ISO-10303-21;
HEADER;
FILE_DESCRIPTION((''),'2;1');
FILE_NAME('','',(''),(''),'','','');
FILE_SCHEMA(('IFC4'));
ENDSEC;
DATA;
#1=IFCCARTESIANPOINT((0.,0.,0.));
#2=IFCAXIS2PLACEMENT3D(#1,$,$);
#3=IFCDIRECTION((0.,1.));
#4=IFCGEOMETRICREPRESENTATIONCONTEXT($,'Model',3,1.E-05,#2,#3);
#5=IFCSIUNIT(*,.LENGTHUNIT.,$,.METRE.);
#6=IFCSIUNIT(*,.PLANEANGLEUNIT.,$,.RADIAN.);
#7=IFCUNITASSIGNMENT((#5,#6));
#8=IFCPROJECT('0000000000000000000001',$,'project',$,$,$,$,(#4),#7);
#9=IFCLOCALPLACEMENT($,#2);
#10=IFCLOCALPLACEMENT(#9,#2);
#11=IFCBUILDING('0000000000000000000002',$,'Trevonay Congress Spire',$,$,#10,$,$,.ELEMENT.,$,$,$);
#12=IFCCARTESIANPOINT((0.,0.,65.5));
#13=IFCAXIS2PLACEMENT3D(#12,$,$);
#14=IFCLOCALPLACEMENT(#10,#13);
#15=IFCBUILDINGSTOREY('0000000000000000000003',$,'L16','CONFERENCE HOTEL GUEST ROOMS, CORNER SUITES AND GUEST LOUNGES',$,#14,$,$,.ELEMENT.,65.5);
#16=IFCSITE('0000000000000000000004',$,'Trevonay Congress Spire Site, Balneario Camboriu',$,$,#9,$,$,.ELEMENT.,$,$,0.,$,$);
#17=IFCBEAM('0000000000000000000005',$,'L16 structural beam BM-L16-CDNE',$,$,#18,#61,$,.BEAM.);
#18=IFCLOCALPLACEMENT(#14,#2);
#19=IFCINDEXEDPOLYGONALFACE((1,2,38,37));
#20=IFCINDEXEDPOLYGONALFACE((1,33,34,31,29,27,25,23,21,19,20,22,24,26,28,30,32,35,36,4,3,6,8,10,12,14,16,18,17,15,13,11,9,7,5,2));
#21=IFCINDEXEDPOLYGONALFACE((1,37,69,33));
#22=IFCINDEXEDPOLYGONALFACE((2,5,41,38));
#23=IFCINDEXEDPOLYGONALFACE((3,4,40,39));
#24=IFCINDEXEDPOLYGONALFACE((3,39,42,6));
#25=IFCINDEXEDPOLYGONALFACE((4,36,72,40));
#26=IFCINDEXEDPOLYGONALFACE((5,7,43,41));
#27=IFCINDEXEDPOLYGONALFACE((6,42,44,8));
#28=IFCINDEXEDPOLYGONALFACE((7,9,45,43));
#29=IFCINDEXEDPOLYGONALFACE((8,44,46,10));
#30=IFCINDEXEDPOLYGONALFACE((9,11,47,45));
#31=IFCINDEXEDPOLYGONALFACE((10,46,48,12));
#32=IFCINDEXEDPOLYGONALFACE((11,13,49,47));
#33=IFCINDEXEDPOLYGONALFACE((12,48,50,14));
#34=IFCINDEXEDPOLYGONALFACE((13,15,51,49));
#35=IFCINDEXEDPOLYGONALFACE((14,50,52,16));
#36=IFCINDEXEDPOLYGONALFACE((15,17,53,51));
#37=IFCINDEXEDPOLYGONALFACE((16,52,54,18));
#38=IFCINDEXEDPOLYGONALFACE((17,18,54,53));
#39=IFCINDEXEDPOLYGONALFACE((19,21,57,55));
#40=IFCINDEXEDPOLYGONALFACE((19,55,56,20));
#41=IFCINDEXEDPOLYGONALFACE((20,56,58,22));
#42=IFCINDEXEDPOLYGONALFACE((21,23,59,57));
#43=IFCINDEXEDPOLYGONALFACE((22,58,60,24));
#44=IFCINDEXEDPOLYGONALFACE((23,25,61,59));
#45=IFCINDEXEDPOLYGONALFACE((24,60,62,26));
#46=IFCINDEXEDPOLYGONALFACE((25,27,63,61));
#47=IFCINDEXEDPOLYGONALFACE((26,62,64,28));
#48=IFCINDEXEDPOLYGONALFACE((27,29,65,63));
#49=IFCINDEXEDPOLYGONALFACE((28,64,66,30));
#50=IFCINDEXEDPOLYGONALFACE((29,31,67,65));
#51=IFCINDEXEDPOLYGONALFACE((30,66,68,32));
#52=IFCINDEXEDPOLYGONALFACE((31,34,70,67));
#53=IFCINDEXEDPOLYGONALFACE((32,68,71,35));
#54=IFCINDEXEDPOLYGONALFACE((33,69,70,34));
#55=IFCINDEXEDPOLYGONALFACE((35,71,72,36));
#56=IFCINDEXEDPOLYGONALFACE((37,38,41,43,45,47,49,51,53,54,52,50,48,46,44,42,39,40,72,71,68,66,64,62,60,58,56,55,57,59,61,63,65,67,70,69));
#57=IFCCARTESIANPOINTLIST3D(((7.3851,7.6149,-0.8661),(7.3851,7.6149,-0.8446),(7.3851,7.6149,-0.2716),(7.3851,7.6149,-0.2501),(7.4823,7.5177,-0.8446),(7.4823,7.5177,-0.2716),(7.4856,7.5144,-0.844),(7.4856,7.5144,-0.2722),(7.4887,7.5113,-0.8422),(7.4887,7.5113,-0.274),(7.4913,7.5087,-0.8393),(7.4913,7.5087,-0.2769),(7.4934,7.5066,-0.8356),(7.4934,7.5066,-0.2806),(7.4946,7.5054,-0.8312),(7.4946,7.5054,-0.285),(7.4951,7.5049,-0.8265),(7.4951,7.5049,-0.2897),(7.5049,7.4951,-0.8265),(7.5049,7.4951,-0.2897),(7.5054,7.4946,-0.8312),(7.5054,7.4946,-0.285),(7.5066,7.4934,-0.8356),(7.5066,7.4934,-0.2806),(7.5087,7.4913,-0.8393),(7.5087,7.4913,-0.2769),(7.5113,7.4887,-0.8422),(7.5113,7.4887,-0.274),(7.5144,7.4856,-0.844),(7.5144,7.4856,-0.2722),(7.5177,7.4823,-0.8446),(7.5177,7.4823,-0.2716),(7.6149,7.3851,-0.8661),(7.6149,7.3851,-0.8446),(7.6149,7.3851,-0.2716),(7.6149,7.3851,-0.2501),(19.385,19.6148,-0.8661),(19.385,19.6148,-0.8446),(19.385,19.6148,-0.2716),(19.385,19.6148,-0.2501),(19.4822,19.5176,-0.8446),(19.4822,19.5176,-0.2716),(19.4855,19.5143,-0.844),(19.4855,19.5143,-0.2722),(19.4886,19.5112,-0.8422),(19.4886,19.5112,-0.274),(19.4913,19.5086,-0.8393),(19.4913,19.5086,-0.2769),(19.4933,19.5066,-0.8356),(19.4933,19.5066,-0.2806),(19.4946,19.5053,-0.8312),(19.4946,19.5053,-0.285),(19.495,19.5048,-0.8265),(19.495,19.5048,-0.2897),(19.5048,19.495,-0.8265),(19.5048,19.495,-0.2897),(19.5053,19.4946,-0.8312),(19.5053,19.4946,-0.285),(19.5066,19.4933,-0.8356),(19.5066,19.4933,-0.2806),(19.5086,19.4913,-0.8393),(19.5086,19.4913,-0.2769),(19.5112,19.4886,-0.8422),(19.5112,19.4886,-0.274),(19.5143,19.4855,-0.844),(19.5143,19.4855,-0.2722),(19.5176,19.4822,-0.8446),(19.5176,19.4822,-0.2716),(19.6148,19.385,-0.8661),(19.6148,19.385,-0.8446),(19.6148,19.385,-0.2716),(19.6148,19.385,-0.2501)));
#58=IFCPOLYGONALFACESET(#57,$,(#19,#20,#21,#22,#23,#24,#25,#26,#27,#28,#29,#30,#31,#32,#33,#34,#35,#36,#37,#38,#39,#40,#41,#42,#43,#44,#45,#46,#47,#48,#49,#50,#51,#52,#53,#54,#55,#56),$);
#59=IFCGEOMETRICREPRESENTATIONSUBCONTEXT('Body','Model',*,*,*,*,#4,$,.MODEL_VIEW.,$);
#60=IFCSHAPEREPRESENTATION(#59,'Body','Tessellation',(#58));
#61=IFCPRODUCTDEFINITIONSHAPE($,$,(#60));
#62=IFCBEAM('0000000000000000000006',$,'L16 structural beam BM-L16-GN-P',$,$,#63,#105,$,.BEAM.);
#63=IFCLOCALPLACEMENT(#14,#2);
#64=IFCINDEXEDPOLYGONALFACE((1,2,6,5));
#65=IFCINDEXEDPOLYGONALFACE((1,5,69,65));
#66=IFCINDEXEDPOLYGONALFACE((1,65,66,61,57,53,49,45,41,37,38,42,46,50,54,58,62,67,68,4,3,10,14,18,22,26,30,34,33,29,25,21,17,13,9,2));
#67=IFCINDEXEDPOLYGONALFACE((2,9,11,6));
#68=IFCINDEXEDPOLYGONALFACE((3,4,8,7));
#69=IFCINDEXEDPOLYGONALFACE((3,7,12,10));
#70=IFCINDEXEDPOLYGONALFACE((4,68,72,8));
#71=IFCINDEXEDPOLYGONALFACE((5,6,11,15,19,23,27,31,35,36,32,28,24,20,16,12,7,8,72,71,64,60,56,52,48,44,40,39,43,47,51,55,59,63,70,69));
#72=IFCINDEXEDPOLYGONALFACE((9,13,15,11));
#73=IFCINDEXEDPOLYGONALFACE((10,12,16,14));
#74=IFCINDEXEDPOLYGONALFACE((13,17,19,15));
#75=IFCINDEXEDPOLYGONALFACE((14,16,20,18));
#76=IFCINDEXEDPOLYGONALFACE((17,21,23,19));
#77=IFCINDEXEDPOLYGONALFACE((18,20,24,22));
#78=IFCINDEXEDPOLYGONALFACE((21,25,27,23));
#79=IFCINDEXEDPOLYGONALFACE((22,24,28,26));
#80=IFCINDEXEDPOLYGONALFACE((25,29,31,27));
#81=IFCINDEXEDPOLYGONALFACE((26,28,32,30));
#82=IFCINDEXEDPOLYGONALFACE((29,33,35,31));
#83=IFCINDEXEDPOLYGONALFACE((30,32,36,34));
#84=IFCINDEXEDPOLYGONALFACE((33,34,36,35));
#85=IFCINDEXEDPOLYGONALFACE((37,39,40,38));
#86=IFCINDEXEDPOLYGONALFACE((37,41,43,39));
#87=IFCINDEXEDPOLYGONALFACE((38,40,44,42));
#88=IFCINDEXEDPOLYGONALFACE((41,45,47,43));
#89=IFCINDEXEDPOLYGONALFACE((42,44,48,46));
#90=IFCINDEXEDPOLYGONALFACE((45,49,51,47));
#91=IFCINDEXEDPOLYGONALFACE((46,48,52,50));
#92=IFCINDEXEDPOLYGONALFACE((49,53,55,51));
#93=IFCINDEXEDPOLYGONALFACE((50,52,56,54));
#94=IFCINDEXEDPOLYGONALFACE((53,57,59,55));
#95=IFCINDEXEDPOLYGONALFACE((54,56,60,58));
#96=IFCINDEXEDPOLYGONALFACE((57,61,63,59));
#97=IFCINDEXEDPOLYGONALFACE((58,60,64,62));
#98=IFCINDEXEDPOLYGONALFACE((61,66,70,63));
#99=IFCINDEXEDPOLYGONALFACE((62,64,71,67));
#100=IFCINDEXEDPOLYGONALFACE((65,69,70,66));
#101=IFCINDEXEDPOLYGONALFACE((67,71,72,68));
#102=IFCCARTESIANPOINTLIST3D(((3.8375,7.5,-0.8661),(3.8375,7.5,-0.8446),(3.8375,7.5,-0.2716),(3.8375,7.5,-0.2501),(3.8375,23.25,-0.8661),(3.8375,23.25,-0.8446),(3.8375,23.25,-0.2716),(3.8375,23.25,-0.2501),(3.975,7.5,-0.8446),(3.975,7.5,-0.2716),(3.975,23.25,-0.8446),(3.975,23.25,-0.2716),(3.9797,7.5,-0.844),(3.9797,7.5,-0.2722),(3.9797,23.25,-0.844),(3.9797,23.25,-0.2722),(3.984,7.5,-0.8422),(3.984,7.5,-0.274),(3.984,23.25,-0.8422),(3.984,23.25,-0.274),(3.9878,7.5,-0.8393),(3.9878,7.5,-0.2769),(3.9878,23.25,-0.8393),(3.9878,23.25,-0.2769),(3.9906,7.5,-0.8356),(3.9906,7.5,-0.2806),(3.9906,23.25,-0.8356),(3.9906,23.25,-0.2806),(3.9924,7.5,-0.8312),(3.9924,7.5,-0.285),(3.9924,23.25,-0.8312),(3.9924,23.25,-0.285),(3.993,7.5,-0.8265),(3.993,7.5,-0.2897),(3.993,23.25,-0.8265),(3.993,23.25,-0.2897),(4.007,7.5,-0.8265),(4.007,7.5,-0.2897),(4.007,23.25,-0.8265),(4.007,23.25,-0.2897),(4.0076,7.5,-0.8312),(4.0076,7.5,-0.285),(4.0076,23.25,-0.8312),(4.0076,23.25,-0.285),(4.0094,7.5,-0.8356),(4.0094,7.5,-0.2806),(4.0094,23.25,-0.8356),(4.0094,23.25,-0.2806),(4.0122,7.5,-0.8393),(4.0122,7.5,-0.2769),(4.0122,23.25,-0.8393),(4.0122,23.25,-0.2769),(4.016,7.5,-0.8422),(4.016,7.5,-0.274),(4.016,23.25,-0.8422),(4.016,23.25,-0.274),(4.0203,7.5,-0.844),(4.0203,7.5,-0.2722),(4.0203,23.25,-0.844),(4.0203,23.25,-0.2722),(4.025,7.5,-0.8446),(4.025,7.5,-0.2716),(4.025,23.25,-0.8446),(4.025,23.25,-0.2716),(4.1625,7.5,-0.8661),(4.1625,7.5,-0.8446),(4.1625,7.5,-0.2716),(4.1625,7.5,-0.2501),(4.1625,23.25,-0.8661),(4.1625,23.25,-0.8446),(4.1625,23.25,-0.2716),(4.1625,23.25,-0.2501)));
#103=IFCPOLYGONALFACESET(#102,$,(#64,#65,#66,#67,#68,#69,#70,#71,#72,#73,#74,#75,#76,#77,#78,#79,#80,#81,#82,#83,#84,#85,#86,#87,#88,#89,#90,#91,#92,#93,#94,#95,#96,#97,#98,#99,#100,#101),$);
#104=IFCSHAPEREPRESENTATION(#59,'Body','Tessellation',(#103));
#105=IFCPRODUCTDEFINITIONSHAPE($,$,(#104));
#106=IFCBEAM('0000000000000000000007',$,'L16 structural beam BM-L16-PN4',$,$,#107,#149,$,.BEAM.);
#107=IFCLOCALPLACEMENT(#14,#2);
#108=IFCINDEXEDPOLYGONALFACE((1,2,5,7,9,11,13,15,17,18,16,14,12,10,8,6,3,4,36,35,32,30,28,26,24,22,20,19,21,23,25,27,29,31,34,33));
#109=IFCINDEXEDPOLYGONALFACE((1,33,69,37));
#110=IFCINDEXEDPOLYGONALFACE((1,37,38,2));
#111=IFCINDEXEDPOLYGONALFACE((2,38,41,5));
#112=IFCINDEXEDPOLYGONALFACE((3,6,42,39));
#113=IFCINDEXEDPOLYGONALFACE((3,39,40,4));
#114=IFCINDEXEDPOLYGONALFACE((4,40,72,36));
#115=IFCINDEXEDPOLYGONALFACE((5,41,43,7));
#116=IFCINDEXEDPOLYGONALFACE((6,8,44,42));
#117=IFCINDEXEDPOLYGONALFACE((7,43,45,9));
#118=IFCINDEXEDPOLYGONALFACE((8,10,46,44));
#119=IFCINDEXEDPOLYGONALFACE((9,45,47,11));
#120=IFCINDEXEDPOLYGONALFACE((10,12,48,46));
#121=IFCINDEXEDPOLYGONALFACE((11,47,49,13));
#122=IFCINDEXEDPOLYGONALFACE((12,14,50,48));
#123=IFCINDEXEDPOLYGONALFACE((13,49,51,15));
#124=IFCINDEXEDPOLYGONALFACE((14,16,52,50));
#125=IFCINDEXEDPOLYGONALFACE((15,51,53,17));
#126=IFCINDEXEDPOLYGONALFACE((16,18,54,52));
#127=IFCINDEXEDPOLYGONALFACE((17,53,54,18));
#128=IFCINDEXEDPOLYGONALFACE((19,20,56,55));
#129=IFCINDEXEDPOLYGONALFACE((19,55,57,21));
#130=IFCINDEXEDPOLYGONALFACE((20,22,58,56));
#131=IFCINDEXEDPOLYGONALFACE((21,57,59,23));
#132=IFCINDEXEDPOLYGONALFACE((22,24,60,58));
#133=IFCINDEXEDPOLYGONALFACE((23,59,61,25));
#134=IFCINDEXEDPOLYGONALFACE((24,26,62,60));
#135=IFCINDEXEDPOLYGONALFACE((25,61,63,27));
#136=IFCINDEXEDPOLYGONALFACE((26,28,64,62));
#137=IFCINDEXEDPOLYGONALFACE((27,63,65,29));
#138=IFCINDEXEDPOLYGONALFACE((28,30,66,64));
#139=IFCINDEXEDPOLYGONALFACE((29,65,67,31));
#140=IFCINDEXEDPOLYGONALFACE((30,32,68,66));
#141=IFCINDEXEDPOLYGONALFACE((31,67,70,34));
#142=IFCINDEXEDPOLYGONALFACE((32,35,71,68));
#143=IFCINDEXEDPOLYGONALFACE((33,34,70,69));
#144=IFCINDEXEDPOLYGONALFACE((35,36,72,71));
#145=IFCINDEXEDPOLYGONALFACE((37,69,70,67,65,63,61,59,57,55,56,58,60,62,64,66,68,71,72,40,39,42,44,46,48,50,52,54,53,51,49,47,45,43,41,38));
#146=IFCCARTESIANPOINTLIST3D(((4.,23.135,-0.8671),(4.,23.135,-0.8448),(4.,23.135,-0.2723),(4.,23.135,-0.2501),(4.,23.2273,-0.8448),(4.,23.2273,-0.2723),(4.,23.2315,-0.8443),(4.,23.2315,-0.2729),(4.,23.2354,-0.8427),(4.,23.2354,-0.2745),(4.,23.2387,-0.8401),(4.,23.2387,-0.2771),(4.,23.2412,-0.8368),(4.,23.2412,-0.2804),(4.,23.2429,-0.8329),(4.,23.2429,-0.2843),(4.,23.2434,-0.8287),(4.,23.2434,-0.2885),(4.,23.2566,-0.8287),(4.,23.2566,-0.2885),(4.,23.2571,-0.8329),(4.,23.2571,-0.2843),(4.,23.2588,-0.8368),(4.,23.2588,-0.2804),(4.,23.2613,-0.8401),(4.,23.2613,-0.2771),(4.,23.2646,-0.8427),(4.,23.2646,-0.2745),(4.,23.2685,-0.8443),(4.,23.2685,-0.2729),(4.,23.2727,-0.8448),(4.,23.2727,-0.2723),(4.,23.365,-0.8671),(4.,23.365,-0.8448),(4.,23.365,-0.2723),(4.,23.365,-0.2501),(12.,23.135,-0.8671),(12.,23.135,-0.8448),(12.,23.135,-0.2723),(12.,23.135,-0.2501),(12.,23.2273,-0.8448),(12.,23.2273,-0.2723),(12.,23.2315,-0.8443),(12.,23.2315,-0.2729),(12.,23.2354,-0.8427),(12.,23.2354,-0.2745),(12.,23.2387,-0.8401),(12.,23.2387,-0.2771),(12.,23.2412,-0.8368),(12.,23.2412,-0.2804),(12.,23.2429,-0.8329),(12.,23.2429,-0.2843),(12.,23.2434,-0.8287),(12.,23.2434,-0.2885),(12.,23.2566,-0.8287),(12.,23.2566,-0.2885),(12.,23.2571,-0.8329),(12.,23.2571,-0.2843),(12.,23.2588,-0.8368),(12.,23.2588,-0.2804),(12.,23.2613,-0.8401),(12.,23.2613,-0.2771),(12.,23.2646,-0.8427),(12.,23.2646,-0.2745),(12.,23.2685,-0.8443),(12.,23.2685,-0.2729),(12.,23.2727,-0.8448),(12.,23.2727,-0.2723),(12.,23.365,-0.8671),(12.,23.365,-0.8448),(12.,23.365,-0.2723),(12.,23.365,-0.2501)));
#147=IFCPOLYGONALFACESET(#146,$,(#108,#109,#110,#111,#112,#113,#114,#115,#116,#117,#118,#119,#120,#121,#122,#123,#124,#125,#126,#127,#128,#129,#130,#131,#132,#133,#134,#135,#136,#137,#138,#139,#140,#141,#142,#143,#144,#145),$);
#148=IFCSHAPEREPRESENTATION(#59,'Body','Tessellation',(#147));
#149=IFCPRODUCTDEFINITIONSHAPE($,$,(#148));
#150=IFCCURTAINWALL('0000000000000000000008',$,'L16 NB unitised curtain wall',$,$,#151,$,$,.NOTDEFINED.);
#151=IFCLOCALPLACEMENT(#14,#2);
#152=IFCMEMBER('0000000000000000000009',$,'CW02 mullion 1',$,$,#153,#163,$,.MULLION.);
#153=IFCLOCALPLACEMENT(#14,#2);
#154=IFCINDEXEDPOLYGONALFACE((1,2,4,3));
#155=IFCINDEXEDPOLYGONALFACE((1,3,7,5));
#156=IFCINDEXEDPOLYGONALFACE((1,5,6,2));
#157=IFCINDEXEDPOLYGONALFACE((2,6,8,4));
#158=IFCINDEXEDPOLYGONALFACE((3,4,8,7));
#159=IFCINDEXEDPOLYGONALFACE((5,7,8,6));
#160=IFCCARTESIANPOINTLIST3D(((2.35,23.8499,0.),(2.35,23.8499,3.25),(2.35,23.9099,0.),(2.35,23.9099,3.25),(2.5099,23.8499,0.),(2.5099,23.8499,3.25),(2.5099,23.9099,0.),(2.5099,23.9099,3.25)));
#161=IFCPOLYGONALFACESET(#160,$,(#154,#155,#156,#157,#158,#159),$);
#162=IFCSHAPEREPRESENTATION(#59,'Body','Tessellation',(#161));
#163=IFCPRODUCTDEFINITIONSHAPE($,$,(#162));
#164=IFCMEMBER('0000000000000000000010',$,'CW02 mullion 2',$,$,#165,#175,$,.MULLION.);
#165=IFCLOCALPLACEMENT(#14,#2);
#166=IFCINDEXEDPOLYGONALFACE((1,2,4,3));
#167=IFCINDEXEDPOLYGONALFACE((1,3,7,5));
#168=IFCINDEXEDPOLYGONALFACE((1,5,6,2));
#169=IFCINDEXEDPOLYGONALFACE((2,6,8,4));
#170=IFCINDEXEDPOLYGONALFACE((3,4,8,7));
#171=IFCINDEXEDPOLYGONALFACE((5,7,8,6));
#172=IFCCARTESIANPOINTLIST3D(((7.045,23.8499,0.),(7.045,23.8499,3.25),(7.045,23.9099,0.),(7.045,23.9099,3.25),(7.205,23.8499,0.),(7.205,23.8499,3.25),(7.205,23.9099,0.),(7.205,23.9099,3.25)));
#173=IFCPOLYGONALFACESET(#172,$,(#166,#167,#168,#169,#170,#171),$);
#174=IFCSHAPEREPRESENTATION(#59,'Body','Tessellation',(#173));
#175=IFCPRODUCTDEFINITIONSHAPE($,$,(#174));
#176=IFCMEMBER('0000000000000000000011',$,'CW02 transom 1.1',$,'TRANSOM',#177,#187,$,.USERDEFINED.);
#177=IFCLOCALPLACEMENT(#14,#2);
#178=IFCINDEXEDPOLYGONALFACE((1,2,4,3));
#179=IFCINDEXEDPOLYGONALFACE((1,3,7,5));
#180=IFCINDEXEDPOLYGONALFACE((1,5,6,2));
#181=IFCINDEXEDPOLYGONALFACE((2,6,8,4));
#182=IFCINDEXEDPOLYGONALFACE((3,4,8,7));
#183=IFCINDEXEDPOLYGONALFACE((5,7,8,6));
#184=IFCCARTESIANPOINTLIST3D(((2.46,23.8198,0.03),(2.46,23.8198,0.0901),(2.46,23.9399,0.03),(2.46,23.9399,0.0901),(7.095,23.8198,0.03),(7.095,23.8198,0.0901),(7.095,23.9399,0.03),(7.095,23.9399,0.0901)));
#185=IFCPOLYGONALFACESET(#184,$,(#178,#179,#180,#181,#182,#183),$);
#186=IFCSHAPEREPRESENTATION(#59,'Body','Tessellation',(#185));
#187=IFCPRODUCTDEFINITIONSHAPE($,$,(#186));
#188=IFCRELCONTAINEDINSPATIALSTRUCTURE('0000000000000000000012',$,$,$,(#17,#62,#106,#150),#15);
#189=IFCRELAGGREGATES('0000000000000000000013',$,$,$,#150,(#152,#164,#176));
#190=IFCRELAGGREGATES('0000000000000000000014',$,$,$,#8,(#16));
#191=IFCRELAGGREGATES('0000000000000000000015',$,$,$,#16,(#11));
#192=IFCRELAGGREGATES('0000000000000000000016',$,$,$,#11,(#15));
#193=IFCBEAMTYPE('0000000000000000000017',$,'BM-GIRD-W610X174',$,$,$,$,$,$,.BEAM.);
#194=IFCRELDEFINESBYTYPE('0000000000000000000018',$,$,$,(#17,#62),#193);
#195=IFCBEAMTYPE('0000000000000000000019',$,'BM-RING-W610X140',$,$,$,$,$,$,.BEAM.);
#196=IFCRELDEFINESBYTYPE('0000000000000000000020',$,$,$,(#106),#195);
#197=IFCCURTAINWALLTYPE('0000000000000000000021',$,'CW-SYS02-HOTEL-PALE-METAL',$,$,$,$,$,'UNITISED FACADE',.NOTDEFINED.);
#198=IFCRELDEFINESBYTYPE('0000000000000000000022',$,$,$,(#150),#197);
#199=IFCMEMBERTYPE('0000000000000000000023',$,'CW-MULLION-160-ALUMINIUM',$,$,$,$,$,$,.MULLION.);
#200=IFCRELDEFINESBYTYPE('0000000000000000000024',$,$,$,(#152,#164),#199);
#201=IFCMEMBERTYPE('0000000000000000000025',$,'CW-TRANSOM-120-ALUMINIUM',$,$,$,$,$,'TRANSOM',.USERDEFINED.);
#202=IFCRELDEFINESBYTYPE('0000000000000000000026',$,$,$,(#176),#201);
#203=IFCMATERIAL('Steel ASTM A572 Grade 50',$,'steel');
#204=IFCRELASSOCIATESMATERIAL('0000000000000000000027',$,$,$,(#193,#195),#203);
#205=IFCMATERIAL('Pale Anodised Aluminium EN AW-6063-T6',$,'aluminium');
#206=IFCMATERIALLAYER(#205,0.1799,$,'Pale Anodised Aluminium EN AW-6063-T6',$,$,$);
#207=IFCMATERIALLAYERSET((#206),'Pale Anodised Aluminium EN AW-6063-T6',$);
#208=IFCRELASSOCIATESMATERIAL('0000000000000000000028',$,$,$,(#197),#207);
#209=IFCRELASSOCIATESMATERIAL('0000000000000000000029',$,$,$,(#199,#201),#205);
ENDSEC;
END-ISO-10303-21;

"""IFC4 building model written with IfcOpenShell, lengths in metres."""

from ifc_helpers import new_model, si_unit, direction, frame, origin, origin_2d, place, context, subcontext, project, spatial, rectangle, i_section, extrude, material, layer, layer_set, material_profile, profile_set, type_object, element, aggregate, save


model = new_model("IFC4")

# Units and contexts
model_context = context("Model", 3, precision=1e-05, world=origin(), true_north=direction((0.0, 1.0)))
body_context = subcontext(model_context, "Body", "Model", "MODEL_VIEW")
ifc_project = project(units=[si_unit("LENGTHUNIT", "METRE"), si_unit("PLANEANGLEUNIT", "RADIAN")], contexts=[model_context])

# Site, building, storey
site_placement = place(None, origin())
site = spatial("IfcSite", under=ifc_project, at=site_placement, Name="Trevonay Congress Spire Site, Balneario Camboriu", CompositionType="ELEMENT", RefElevation=0.0)
building_placement = place(site_placement, origin())
building = spatial("IfcBuilding", under=site, at=building_placement, Name="Trevonay Congress Spire", CompositionType="ELEMENT")
storey_placement = place(building_placement, frame((0.0, 0.0, 65.5)))
storey = spatial("IfcBuildingStorey", under=building, at=storey_placement, Name="L16", Description="CONFERENCE HOTEL GUEST ROOMS, CORNER SUITES AND GUEST LOUNGES", CompositionType="ELEMENT", Elevation=65.5)

# Shared definitions
ifc_material_1 = material(Name="Steel ASTM A572 Grade 50", Category="steel")

# Beams
ifc_material_profile_1 = material_profile(ifc_material_1, i_section(OverallWidth=0.325, OverallDepth=0.616, WebThickness=0.0139, FlangeThickness=0.0215, FilletRadius=0.0181, at=origin_2d()), Name="W610x174")
ifc_profile_set_1 = profile_set([ifc_material_profile_1], Name="Steel ASTM A572 Grade 50")
beam_type_1 = type_object("IfcBeamType", Name="BM-GIRD-W610X174", PredefinedType="BEAM", material=ifc_profile_set_1)
beam_1_placement = place(storey_placement, frame((7.5, 7.5, -0.5581), z_axis=(0.707107, 0.707107, 0.0), x_axis=(-0.707107, 0.707107, 0.0)))
element("IfcBeam", 1, at=beam_1_placement, inside=storey, type_object=beam_type_1, Name="L16 structural beam BM-L16-CDNE", PredefinedType="BEAM", context=body_context, shape_type="SweptSolid", body=[
    extrude(i_section(OverallWidth=0.325, OverallDepth=0.616, WebThickness=0.0139, FlangeThickness=0.0215, FilletRadius=0.0181, at=origin_2d()), origin(), (0.0, 0.0, 1.0), 16.9705),
])
beam_2_placement = place(storey_placement, frame((4.0, 7.5, -0.5581), z_axis=(0.0, 1.0, 0.0), x_axis=(-1.0, 0.0, 0.0)))
element("IfcBeam", 2, at=beam_2_placement, inside=storey, type_object=beam_type_1, Name="L16 structural beam BM-L16-GN-P", PredefinedType="BEAM", context=body_context, shape_type="SweptSolid", body=[
    extrude(i_section(OverallWidth=0.325, OverallDepth=0.616, WebThickness=0.0139, FlangeThickness=0.0215, FilletRadius=0.0181, at=origin_2d()), origin(), (0.0, 0.0, 1.0), 15.75),
])
ifc_material_profile_2 = material_profile(ifc_material_1, i_section(OverallWidth=0.23, OverallDepth=0.6169, WebThickness=0.0132, FlangeThickness=0.0222, FilletRadius=0.0161, at=origin_2d()), Name="W610x140")
ifc_profile_set_2 = profile_set([ifc_material_profile_2], Name="Steel ASTM A572 Grade 50")
beam_type_2 = type_object("IfcBeamType", Name="BM-RING-W610X140", PredefinedType="BEAM", material=ifc_profile_set_2)
beam_3_placement = place(storey_placement, frame((4.0, 23.25, -0.5586), z_axis=(1.0, 0.0, 0.0), x_axis=(0.0, 1.0, 0.0)))
element("IfcBeam", 3, at=beam_3_placement, inside=storey, type_object=beam_type_2, Name="L16 structural beam BM-L16-PN4", PredefinedType="BEAM", context=body_context, shape_type="SweptSolid", body=[
    extrude(i_section(OverallWidth=0.23, OverallDepth=0.6169, WebThickness=0.0132, FlangeThickness=0.0222, FilletRadius=0.0161, at=origin_2d()), origin(), (0.0, 0.0, 1.0), 8.0),
])

# Curtain wall, members
ifc_material_2 = material(Name="Pale Anodised Aluminium EN AW-6063-T6", Category="aluminium")
ifc_layer_1 = layer(ifc_material_2, 0.1799, Name="Pale Anodised Aluminium EN AW-6063-T6")
ifc_layer_set_1 = layer_set([ifc_layer_1], Name="Pale Anodised Aluminium EN AW-6063-T6")
curtain_wall_type = type_object("IfcCurtainWallType", Name="CW-SYS02-HOTEL-PALE-METAL", ElementType="UNITISED FACADE", PredefinedType="NOTDEFINED", material=ifc_layer_set_1)
curtain_wall_placement = place(storey_placement, origin())
curtain_wall = element("IfcCurtainWall", 4, at=curtain_wall_placement, inside=storey, type_object=curtain_wall_type, Name="L16 NB unitised curtain wall", PredefinedType="NOTDEFINED")
ifc_material_profile_3 = material_profile(ifc_material_2, rectangle(XDim=0.0601, YDim=0.1599, at=origin_2d()), Name="CW-MULLION-160-ALUMINIUM")
ifc_profile_set_3 = profile_set([ifc_material_profile_3], Name="Pale Anodised Aluminium EN AW-6063-T6")
member_type_1 = type_object("IfcMemberType", Name="CW-MULLION-160-ALUMINIUM", PredefinedType="MULLION", material=ifc_profile_set_3)
member_1_placement = place(storey_placement, frame((2.4299, 23.8799, 0.0), z_axis=(0.0, 0.0, 1.0), x_axis=(0.0, 1.0, 0.0)))
member_1 = element("IfcMember", 5, at=member_1_placement, type_object=member_type_1, Name="CW02 mullion 1", PredefinedType="MULLION", context=body_context, shape_type="SweptSolid", body=[
    extrude(rectangle(XDim=0.0601, YDim=0.1599, at=origin_2d()), origin(), (0.0, 0.0, 1.0), 3.25),
])
member_2_placement = place(storey_placement, frame((7.125, 23.8799, 0.0), z_axis=(0.0, 0.0, 1.0), x_axis=(0.0, 1.0, 0.0)))
member_2 = element("IfcMember", 6, at=member_2_placement, type_object=member_type_1, Name="CW02 mullion 2", PredefinedType="MULLION", context=body_context, shape_type="SweptSolid", body=[
    extrude(rectangle(XDim=0.0601, YDim=0.1599, at=origin_2d()), origin(), (0.0, 0.0, 1.0), 3.25),
])
ifc_material_profile_4 = material_profile(ifc_material_2, rectangle(XDim=0.1201, YDim=0.0601, at=origin_2d()), Name="CW-TRANSOM-120-ALUMINIUM")
ifc_profile_set_4 = profile_set([ifc_material_profile_4], Name="Pale Anodised Aluminium EN AW-6063-T6")
member_type_2 = type_object("IfcMemberType", Name="CW-TRANSOM-120-ALUMINIUM", ElementType="TRANSOM", PredefinedType="USERDEFINED", material=ifc_profile_set_4)
member_3_placement = place(storey_placement, frame((2.46, 23.8799, 0.0601), z_axis=(1.0, 0.0, 0.0), x_axis=(0.0, 1.0, 0.0)))
member_3 = element("IfcMember", 7, at=member_3_placement, type_object=member_type_2, Name="CW02 transom 1.1", ObjectType="TRANSOM", PredefinedType="USERDEFINED", context=body_context, shape_type="SweptSolid", body=[
    extrude(rectangle(XDim=0.1201, YDim=0.0601, at=origin_2d()), origin(), (0.0, 0.0, 1.0), 4.635),
])

aggregate(curtain_wall, [member_1, member_2, member_3])

save(model, "model.ifc")
